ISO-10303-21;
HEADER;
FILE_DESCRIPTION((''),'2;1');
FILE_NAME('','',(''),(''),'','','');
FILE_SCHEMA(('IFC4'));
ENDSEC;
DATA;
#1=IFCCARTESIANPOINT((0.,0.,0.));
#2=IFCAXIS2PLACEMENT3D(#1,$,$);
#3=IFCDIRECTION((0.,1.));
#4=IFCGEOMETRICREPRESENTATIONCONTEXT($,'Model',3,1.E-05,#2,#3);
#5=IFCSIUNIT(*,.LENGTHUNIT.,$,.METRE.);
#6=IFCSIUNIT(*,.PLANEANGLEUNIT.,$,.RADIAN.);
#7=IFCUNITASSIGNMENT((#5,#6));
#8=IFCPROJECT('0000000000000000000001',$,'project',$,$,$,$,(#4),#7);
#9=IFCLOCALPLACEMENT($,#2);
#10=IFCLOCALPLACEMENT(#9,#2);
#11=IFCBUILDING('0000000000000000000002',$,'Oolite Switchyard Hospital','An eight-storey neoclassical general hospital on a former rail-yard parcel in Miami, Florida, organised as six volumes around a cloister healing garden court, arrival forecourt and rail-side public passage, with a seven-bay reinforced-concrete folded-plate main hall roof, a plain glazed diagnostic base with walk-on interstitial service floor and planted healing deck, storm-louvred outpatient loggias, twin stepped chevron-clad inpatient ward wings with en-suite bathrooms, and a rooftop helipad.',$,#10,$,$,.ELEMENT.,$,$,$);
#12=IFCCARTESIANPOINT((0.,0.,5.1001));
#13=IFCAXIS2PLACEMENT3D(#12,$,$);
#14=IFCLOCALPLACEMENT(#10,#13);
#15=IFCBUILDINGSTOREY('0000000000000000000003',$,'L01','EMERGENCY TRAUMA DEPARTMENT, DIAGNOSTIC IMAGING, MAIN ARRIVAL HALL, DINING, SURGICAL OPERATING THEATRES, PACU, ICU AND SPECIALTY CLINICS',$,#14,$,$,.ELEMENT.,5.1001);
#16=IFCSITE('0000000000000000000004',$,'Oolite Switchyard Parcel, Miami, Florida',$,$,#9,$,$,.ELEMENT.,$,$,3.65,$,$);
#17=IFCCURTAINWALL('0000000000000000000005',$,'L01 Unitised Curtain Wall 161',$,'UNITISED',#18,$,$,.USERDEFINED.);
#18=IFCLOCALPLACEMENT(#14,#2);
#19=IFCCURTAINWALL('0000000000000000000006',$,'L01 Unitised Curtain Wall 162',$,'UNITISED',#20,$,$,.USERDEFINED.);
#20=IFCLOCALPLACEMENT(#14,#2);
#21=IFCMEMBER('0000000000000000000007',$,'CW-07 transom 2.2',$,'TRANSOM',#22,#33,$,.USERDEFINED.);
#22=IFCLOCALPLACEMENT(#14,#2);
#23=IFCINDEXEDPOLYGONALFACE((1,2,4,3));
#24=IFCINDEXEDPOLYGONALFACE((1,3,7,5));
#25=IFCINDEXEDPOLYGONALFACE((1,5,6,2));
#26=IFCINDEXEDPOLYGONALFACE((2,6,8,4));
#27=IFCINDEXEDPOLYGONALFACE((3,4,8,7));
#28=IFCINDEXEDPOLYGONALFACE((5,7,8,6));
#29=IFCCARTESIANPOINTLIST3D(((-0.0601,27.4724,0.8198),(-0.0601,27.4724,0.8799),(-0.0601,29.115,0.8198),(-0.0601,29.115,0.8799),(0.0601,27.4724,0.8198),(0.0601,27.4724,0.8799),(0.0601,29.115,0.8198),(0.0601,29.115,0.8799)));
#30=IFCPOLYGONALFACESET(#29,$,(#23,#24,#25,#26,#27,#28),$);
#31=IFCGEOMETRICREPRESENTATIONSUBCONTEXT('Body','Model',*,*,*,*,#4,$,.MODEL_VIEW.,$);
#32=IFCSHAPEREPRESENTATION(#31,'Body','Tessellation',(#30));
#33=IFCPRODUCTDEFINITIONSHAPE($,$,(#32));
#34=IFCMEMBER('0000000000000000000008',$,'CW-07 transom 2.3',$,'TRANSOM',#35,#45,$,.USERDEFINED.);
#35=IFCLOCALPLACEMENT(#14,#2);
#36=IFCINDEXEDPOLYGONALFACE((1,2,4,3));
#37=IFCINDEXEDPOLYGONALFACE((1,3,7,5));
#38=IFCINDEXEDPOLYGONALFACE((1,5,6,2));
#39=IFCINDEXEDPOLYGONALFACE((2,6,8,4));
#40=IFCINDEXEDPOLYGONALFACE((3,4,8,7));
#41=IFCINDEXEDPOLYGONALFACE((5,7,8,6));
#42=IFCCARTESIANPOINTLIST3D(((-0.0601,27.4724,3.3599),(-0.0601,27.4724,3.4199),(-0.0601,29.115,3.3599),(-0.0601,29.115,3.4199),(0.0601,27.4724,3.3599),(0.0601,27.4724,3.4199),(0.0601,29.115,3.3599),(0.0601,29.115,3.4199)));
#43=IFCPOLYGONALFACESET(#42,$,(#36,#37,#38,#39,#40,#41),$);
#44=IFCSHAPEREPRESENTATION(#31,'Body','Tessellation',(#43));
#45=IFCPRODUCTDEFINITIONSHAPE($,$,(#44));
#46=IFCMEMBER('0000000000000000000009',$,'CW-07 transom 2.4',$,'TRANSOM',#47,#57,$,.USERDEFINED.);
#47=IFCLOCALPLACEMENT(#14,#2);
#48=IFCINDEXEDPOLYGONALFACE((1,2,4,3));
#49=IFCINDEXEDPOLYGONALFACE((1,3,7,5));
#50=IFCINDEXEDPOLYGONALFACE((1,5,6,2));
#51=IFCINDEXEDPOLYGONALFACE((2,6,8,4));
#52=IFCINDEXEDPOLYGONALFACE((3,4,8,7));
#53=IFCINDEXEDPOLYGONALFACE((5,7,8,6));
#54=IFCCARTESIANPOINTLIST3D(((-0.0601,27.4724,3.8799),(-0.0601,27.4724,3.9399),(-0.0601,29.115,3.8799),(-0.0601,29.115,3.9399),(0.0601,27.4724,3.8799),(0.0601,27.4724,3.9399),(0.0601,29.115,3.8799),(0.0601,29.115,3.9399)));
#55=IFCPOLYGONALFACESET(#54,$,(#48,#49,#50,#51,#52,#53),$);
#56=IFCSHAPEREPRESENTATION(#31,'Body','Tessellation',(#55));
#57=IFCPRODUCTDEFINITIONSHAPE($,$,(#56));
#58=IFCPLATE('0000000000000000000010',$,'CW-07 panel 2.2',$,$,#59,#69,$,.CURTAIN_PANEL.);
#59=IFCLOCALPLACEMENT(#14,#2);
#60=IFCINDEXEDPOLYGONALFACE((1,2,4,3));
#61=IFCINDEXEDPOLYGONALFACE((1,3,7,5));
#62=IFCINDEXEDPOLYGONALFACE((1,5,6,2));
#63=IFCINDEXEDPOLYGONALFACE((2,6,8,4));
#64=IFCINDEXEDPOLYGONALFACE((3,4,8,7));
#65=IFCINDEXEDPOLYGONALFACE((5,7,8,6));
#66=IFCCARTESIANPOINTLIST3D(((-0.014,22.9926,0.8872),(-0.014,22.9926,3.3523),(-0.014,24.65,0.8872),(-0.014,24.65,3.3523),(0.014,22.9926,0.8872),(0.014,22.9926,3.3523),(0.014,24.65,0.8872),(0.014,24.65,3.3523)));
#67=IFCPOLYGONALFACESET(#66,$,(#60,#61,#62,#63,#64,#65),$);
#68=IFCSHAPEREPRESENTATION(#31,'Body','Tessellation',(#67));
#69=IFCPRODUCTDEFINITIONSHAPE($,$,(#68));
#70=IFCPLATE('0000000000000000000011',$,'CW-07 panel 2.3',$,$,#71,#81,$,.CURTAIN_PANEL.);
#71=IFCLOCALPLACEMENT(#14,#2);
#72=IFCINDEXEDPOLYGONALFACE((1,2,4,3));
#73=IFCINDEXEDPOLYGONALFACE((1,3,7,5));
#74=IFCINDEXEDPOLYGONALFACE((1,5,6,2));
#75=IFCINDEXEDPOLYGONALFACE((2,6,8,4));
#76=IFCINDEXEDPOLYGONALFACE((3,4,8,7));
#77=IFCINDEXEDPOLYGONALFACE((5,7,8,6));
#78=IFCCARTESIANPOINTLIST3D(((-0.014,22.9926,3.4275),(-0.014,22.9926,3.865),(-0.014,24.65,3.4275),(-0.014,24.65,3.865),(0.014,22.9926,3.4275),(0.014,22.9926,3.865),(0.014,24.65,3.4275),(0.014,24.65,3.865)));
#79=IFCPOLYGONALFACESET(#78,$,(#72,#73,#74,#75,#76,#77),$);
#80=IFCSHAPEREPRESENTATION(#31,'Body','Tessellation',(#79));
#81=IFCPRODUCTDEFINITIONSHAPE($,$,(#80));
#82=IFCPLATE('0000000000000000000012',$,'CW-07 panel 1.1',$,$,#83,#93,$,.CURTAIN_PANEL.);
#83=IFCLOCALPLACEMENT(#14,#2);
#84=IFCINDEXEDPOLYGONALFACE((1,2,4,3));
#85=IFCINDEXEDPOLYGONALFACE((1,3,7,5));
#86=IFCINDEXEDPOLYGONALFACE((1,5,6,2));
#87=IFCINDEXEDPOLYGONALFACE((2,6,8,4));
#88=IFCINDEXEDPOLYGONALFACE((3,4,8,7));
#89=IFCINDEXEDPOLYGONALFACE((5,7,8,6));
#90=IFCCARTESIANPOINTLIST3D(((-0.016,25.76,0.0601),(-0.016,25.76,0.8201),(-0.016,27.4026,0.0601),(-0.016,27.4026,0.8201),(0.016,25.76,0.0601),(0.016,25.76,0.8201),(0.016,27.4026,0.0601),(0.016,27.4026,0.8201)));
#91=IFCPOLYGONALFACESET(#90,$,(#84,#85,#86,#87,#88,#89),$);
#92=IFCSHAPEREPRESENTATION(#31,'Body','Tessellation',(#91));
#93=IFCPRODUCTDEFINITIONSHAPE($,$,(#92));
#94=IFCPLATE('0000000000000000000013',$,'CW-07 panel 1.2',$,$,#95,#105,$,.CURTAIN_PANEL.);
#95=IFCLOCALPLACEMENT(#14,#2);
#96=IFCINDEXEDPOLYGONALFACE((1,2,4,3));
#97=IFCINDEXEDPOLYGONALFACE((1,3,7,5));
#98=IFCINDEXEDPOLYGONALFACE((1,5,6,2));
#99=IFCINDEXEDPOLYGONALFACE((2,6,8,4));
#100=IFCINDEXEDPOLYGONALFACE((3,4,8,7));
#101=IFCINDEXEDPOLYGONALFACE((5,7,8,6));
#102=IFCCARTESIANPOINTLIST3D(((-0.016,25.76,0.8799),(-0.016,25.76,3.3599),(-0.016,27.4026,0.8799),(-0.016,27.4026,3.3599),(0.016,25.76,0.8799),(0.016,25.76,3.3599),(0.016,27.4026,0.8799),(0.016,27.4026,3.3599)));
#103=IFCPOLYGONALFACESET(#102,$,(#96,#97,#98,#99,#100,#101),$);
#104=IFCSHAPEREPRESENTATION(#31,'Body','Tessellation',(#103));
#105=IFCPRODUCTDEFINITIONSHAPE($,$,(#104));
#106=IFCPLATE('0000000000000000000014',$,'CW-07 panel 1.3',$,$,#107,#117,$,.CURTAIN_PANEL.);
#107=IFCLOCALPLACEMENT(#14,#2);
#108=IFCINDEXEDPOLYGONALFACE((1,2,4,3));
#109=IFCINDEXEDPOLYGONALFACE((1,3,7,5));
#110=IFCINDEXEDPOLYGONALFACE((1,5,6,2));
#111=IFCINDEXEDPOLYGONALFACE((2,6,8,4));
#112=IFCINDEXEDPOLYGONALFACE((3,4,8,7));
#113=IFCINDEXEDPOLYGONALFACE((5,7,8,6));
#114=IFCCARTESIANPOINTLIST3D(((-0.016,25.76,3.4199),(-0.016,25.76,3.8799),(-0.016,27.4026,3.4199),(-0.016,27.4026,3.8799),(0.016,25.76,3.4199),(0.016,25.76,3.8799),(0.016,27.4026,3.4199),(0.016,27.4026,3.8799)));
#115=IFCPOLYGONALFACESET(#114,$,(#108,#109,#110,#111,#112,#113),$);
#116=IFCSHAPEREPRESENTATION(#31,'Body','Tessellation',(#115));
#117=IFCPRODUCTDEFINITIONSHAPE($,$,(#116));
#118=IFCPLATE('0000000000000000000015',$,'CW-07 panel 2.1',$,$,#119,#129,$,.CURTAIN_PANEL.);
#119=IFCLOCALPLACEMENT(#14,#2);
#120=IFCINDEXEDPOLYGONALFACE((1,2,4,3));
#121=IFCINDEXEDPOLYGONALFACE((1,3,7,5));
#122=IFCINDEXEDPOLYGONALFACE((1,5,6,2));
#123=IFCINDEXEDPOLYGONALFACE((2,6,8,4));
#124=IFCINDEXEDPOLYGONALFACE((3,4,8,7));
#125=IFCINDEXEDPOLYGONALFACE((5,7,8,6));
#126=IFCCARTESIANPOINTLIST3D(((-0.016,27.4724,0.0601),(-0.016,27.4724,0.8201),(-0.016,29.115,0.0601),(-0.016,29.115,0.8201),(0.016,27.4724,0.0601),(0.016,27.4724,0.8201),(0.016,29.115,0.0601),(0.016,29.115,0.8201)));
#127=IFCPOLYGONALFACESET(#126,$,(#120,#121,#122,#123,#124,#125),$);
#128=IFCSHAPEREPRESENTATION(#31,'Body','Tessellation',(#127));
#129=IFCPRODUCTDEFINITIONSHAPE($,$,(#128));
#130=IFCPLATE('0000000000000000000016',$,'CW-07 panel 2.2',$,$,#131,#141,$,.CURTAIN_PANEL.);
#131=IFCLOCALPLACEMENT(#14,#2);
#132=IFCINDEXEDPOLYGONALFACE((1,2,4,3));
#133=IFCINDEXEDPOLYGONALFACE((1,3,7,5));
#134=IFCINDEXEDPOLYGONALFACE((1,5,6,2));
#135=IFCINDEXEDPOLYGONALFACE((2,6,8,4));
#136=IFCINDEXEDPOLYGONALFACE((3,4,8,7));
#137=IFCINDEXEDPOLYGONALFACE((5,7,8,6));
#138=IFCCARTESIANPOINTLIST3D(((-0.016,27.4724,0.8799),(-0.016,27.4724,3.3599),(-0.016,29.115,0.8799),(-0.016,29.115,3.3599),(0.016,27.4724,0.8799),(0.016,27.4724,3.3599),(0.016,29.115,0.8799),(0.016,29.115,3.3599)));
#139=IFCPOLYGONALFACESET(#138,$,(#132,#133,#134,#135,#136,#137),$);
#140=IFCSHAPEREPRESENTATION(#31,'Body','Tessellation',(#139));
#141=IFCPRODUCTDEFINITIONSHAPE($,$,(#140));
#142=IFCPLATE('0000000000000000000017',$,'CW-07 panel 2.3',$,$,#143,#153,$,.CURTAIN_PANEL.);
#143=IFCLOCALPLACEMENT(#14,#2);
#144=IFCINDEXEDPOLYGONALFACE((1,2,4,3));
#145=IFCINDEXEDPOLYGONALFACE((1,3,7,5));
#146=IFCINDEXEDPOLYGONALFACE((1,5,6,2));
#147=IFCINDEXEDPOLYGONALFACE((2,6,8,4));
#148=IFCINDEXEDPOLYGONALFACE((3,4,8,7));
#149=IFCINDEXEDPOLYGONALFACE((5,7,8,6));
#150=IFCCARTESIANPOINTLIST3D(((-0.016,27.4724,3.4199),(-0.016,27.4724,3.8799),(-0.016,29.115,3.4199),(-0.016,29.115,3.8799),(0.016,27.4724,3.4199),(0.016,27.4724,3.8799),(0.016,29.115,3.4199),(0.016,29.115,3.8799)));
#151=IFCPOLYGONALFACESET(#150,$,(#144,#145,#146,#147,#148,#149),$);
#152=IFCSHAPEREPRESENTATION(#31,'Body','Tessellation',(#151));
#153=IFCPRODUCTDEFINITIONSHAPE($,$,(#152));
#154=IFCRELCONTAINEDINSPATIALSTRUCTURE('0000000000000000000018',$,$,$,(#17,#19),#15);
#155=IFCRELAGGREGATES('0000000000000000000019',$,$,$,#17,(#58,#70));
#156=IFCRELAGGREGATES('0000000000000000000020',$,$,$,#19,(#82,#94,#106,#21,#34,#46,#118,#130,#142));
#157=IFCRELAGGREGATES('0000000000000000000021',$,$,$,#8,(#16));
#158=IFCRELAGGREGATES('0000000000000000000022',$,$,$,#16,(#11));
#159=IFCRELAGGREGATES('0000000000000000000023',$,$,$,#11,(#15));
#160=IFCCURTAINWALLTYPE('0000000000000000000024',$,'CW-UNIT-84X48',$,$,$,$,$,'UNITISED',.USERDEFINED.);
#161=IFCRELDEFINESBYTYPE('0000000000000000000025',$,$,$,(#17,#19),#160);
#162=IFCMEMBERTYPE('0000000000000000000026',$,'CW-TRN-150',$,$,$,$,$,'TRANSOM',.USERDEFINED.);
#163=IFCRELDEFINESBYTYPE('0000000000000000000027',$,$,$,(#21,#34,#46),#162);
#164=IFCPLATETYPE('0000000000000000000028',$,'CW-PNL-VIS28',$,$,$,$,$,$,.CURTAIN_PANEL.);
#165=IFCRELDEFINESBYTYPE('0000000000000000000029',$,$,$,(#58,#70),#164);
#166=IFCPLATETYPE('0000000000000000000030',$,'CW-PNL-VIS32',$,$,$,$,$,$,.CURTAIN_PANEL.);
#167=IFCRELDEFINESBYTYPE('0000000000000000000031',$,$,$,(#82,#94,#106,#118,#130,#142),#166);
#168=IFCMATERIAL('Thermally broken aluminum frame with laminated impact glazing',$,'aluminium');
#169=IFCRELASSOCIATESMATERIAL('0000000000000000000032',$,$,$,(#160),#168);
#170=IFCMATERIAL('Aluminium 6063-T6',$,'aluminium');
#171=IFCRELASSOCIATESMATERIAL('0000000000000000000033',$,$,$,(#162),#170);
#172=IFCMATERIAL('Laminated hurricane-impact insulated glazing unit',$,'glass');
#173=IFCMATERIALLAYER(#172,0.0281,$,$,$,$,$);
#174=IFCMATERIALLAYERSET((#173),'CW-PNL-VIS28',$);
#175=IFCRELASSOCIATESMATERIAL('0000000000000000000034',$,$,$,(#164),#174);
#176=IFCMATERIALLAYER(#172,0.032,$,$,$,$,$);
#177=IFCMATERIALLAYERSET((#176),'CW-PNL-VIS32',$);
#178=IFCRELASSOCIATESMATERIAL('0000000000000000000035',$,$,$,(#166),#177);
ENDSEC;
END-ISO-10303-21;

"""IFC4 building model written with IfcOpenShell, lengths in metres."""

from ifc_helpers import new_model, si_unit, direction, frame, origin, origin_2d, place, context, subcontext, project, spatial, rectangle, extrude, material, layer, layer_set, material_profile, profile_set, type_object, element, aggregate, save


model = new_model("IFC4")

# Units and contexts
model_context = context("Model", 3, precision=1e-05, world=origin(), true_north=direction((0.0, 1.0)))
body_context = subcontext(model_context, "Body", "Model", "MODEL_VIEW")
ifc_project = project(units=[si_unit("LENGTHUNIT", "METRE"), si_unit("PLANEANGLEUNIT", "RADIAN")], contexts=[model_context])

# Site, building, storey
site_placement = place(None, origin())
site = spatial("IfcSite", under=ifc_project, at=site_placement, Name="Oolite Switchyard Parcel, Miami, Florida", CompositionType="ELEMENT", RefElevation=3.65)
building_placement = place(site_placement, origin())
building = spatial("IfcBuilding", under=site, at=building_placement, Name="Oolite Switchyard Hospital", Description="An eight-storey neoclassical general hospital on a former rail-yard parcel in Miami, Florida, organised as six volumes around a cloister healing garden court, arrival forecourt and rail-side public passage, with a seven-bay reinforced-concrete folded-plate main hall roof, a plain glazed diagnostic base with walk-on interstitial service floor and planted healing deck, storm-louvred outpatient loggias, twin stepped chevron-clad inpatient ward wings with en-suite bathrooms, and a rooftop helipad.", CompositionType="ELEMENT")
storey_placement = place(building_placement, frame((0.0, 0.0, 5.1001)))
storey = spatial("IfcBuildingStorey", under=building, at=storey_placement, Name="L01", Description="EMERGENCY TRAUMA DEPARTMENT, DIAGNOSTIC IMAGING, MAIN ARRIVAL HALL, DINING, SURGICAL OPERATING THEATRES, PACU, ICU AND SPECIALTY CLINICS", CompositionType="ELEMENT", Elevation=5.1001)

# Curtain wall
ifc_material_1 = material(Name="Thermally broken aluminum frame with laminated impact glazing", Category="aluminium")
curtain_wall_type = type_object("IfcCurtainWallType", Name="CW-UNIT-84X48", ElementType="UNITISED", PredefinedType="USERDEFINED", material=ifc_material_1)
curtain_wall_1_placement = place(storey_placement, origin())
curtain_wall_1 = element("IfcCurtainWall", 1, at=curtain_wall_1_placement, inside=storey, type_object=curtain_wall_type, Name="L01 Unitised Curtain Wall 161", ObjectType="UNITISED", PredefinedType="USERDEFINED")
ifc_material_2 = material(Name="Aluminium 6063-T6", Category="aluminium")

# Curtain wall, members
curtain_wall_2_placement = place(storey_placement, origin())
curtain_wall_2 = element("IfcCurtainWall", 2, at=curtain_wall_2_placement, inside=storey, type_object=curtain_wall_type, Name="L01 Unitised Curtain Wall 162", ObjectType="UNITISED", PredefinedType="USERDEFINED")
ifc_material_profile_1 = material_profile(ifc_material_2, rectangle(XDim=0.1201, YDim=0.0601, at=origin_2d()), Name="CWT60X120")
ifc_profile_set_1 = profile_set([ifc_material_profile_1], Name="Aluminium 6063-T6")
member_type_1 = type_object("IfcMemberType", Name="CW-TRN-150", ElementType="TRANSOM", PredefinedType="USERDEFINED", material=ifc_profile_set_1)
member_1_placement = place(storey_placement, frame((0.0, 27.4724, 0.8499), z_axis=(0.0, 1.0, 0.0), x_axis=(-1.0, 0.0, 0.0)))
member_1 = element("IfcMember", 3, at=member_1_placement, type_object=member_type_1, Name="CW-07 transom 2.2", ObjectType="TRANSOM", PredefinedType="USERDEFINED", context=body_context, shape_type="SweptSolid", body=[
    extrude(rectangle(XDim=0.1201, YDim=0.0601, at=origin_2d()), origin(), (0.0, 0.0, 1.0), 1.6426),
])
member_2_placement = place(storey_placement, frame((0.0, 27.4724, 3.3899), z_axis=(0.0, 1.0, 0.0), x_axis=(-1.0, 0.0, 0.0)))
member_2 = element("IfcMember", 4, at=member_2_placement, type_object=member_type_1, Name="CW-07 transom 2.3", ObjectType="TRANSOM", PredefinedType="USERDEFINED", context=body_context, shape_type="SweptSolid", body=[
    extrude(rectangle(XDim=0.1201, YDim=0.0601, at=origin_2d()), origin(), (0.0, 0.0, 1.0), 1.6426),
])
member_3_placement = place(storey_placement, frame((0.0, 27.4724, 3.9099), z_axis=(0.0, 1.0, 0.0), x_axis=(-1.0, 0.0, 0.0)))
member_3 = element("IfcMember", 5, at=member_3_placement, type_object=member_type_1, Name="CW-07 transom 2.4", ObjectType="TRANSOM", PredefinedType="USERDEFINED", context=body_context, shape_type="SweptSolid", body=[
    extrude(rectangle(XDim=0.1201, YDim=0.0601, at=origin_2d()), origin(), (0.0, 0.0, 1.0), 1.6426),
])

# Plates
ifc_material_3 = material(Name="Laminated hurricane-impact insulated glazing unit", Category="glass")
ifc_layer_1 = layer(ifc_material_3, 0.0281)
ifc_layer_set_1 = layer_set([ifc_layer_1], Name="CW-PNL-VIS28")
plate_type_1 = type_object("IfcPlateType", Name="CW-PNL-VIS28", PredefinedType="CURTAIN_PANEL", material=ifc_layer_set_1)
plate_1_placement = place(storey_placement, frame((0.0, 23.8213, 0.8872), z_axis=(0.0, 0.0, 1.0), x_axis=(0.0, 1.0, 0.0)))
plate_1 = element("IfcPlate", 6, at=plate_1_placement, type_object=plate_type_1, Name="CW-07 panel 2.2", PredefinedType="CURTAIN_PANEL", context=body_context, shape_type="SweptSolid", body=[
    extrude(rectangle(XDim=1.6575, YDim=0.0281, at=origin_2d()), origin(), (0.0, 0.0, 1.0), 2.4651),
])
plate_2_placement = place(storey_placement, frame((0.0, 23.8213, 3.4275), z_axis=(0.0, 0.0, 1.0), x_axis=(0.0, 1.0, 0.0)))
plate_2 = element("IfcPlate", 7, at=plate_2_placement, type_object=plate_type_1, Name="CW-07 panel 2.3", PredefinedType="CURTAIN_PANEL", context=body_context, shape_type="SweptSolid", body=[
    extrude(rectangle(XDim=1.6575, YDim=0.0281, at=origin_2d()), origin(), (0.0, 0.0, 1.0), 0.4375),
])
aggregate(curtain_wall_1, [plate_1, plate_2])
ifc_layer_2 = layer(ifc_material_3, 0.032)
ifc_layer_set_2 = layer_set([ifc_layer_2], Name="CW-PNL-VIS32")
plate_type_2 = type_object("IfcPlateType", Name="CW-PNL-VIS32", PredefinedType="CURTAIN_PANEL", material=ifc_layer_set_2)
plate_3_placement = place(storey_placement, frame((0.0, 26.5813, 0.0601), z_axis=(0.0, 0.0, 1.0), x_axis=(0.0, 1.0, 0.0)))
plate_3 = element("IfcPlate", 8, at=plate_3_placement, type_object=plate_type_2, Name="CW-07 panel 1.1", PredefinedType="CURTAIN_PANEL", context=body_context, shape_type="SweptSolid", body=[
    extrude(rectangle(XDim=1.6426, YDim=0.032, at=origin_2d()), origin(), (0.0, 0.0, 1.0), 0.76),
])
plate_4_placement = place(storey_placement, frame((0.0, 26.5813, 0.8799), z_axis=(0.0, 0.0, 1.0), x_axis=(0.0, 1.0, 0.0)))
plate_4 = element("IfcPlate", 9, at=plate_4_placement, type_object=plate_type_2, Name="CW-07 panel 1.2", PredefinedType="CURTAIN_PANEL", context=body_context, shape_type="SweptSolid", body=[
    extrude(rectangle(XDim=1.6426, YDim=0.032, at=origin_2d()), origin(), (0.0, 0.0, 1.0), 2.48),
])
plate_5_placement = place(storey_placement, frame((0.0, 26.5813, 3.4199), z_axis=(0.0, 0.0, 1.0), x_axis=(0.0, 1.0, 0.0)))
plate_5 = element("IfcPlate", 10, at=plate_5_placement, type_object=plate_type_2, Name="CW-07 panel 1.3", PredefinedType="CURTAIN_PANEL", context=body_context, shape_type="SweptSolid", body=[
    extrude(rectangle(XDim=1.6426, YDim=0.032, at=origin_2d()), origin(), (0.0, 0.0, 1.0), 0.46),
])
plate_6_placement = place(storey_placement, frame((0.0, 28.2937, 0.0601), z_axis=(0.0, 0.0, 1.0), x_axis=(0.0, 1.0, 0.0)))
plate_6 = element("IfcPlate", 11, at=plate_6_placement, type_object=plate_type_2, Name="CW-07 panel 2.1", PredefinedType="CURTAIN_PANEL", context=body_context, shape_type="SweptSolid", body=[
    extrude(rectangle(XDim=1.6426, YDim=0.032, at=origin_2d()), origin(), (0.0, 0.0, 1.0), 0.76),
])
plate_7_placement = place(storey_placement, frame((0.0, 28.2937, 0.8799), z_axis=(0.0, 0.0, 1.0), x_axis=(0.0, 1.0, 0.0)))
plate_7 = element("IfcPlate", 12, at=plate_7_placement, type_object=plate_type_2, Name="CW-07 panel 2.2", PredefinedType="CURTAIN_PANEL", context=body_context, shape_type="SweptSolid", body=[
    extrude(rectangle(XDim=1.6426, YDim=0.032, at=origin_2d()), origin(), (0.0, 0.0, 1.0), 2.48),
])
plate_8_placement = place(storey_placement, frame((0.0, 28.2937, 3.4199), z_axis=(0.0, 0.0, 1.0), x_axis=(0.0, 1.0, 0.0)))
plate_8 = element("IfcPlate", 13, at=plate_8_placement, type_object=plate_type_2, Name="CW-07 panel 2.3", PredefinedType="CURTAIN_PANEL", context=body_context, shape_type="SweptSolid", body=[
    extrude(rectangle(XDim=1.6426, YDim=0.032, at=origin_2d()), origin(), (0.0, 0.0, 1.0), 0.46),
])
aggregate(curtain_wall_2, [plate_3, plate_4, plate_5, member_1, member_2, member_3, plate_6, plate_7, plate_8])

save(model, "model.ifc")
